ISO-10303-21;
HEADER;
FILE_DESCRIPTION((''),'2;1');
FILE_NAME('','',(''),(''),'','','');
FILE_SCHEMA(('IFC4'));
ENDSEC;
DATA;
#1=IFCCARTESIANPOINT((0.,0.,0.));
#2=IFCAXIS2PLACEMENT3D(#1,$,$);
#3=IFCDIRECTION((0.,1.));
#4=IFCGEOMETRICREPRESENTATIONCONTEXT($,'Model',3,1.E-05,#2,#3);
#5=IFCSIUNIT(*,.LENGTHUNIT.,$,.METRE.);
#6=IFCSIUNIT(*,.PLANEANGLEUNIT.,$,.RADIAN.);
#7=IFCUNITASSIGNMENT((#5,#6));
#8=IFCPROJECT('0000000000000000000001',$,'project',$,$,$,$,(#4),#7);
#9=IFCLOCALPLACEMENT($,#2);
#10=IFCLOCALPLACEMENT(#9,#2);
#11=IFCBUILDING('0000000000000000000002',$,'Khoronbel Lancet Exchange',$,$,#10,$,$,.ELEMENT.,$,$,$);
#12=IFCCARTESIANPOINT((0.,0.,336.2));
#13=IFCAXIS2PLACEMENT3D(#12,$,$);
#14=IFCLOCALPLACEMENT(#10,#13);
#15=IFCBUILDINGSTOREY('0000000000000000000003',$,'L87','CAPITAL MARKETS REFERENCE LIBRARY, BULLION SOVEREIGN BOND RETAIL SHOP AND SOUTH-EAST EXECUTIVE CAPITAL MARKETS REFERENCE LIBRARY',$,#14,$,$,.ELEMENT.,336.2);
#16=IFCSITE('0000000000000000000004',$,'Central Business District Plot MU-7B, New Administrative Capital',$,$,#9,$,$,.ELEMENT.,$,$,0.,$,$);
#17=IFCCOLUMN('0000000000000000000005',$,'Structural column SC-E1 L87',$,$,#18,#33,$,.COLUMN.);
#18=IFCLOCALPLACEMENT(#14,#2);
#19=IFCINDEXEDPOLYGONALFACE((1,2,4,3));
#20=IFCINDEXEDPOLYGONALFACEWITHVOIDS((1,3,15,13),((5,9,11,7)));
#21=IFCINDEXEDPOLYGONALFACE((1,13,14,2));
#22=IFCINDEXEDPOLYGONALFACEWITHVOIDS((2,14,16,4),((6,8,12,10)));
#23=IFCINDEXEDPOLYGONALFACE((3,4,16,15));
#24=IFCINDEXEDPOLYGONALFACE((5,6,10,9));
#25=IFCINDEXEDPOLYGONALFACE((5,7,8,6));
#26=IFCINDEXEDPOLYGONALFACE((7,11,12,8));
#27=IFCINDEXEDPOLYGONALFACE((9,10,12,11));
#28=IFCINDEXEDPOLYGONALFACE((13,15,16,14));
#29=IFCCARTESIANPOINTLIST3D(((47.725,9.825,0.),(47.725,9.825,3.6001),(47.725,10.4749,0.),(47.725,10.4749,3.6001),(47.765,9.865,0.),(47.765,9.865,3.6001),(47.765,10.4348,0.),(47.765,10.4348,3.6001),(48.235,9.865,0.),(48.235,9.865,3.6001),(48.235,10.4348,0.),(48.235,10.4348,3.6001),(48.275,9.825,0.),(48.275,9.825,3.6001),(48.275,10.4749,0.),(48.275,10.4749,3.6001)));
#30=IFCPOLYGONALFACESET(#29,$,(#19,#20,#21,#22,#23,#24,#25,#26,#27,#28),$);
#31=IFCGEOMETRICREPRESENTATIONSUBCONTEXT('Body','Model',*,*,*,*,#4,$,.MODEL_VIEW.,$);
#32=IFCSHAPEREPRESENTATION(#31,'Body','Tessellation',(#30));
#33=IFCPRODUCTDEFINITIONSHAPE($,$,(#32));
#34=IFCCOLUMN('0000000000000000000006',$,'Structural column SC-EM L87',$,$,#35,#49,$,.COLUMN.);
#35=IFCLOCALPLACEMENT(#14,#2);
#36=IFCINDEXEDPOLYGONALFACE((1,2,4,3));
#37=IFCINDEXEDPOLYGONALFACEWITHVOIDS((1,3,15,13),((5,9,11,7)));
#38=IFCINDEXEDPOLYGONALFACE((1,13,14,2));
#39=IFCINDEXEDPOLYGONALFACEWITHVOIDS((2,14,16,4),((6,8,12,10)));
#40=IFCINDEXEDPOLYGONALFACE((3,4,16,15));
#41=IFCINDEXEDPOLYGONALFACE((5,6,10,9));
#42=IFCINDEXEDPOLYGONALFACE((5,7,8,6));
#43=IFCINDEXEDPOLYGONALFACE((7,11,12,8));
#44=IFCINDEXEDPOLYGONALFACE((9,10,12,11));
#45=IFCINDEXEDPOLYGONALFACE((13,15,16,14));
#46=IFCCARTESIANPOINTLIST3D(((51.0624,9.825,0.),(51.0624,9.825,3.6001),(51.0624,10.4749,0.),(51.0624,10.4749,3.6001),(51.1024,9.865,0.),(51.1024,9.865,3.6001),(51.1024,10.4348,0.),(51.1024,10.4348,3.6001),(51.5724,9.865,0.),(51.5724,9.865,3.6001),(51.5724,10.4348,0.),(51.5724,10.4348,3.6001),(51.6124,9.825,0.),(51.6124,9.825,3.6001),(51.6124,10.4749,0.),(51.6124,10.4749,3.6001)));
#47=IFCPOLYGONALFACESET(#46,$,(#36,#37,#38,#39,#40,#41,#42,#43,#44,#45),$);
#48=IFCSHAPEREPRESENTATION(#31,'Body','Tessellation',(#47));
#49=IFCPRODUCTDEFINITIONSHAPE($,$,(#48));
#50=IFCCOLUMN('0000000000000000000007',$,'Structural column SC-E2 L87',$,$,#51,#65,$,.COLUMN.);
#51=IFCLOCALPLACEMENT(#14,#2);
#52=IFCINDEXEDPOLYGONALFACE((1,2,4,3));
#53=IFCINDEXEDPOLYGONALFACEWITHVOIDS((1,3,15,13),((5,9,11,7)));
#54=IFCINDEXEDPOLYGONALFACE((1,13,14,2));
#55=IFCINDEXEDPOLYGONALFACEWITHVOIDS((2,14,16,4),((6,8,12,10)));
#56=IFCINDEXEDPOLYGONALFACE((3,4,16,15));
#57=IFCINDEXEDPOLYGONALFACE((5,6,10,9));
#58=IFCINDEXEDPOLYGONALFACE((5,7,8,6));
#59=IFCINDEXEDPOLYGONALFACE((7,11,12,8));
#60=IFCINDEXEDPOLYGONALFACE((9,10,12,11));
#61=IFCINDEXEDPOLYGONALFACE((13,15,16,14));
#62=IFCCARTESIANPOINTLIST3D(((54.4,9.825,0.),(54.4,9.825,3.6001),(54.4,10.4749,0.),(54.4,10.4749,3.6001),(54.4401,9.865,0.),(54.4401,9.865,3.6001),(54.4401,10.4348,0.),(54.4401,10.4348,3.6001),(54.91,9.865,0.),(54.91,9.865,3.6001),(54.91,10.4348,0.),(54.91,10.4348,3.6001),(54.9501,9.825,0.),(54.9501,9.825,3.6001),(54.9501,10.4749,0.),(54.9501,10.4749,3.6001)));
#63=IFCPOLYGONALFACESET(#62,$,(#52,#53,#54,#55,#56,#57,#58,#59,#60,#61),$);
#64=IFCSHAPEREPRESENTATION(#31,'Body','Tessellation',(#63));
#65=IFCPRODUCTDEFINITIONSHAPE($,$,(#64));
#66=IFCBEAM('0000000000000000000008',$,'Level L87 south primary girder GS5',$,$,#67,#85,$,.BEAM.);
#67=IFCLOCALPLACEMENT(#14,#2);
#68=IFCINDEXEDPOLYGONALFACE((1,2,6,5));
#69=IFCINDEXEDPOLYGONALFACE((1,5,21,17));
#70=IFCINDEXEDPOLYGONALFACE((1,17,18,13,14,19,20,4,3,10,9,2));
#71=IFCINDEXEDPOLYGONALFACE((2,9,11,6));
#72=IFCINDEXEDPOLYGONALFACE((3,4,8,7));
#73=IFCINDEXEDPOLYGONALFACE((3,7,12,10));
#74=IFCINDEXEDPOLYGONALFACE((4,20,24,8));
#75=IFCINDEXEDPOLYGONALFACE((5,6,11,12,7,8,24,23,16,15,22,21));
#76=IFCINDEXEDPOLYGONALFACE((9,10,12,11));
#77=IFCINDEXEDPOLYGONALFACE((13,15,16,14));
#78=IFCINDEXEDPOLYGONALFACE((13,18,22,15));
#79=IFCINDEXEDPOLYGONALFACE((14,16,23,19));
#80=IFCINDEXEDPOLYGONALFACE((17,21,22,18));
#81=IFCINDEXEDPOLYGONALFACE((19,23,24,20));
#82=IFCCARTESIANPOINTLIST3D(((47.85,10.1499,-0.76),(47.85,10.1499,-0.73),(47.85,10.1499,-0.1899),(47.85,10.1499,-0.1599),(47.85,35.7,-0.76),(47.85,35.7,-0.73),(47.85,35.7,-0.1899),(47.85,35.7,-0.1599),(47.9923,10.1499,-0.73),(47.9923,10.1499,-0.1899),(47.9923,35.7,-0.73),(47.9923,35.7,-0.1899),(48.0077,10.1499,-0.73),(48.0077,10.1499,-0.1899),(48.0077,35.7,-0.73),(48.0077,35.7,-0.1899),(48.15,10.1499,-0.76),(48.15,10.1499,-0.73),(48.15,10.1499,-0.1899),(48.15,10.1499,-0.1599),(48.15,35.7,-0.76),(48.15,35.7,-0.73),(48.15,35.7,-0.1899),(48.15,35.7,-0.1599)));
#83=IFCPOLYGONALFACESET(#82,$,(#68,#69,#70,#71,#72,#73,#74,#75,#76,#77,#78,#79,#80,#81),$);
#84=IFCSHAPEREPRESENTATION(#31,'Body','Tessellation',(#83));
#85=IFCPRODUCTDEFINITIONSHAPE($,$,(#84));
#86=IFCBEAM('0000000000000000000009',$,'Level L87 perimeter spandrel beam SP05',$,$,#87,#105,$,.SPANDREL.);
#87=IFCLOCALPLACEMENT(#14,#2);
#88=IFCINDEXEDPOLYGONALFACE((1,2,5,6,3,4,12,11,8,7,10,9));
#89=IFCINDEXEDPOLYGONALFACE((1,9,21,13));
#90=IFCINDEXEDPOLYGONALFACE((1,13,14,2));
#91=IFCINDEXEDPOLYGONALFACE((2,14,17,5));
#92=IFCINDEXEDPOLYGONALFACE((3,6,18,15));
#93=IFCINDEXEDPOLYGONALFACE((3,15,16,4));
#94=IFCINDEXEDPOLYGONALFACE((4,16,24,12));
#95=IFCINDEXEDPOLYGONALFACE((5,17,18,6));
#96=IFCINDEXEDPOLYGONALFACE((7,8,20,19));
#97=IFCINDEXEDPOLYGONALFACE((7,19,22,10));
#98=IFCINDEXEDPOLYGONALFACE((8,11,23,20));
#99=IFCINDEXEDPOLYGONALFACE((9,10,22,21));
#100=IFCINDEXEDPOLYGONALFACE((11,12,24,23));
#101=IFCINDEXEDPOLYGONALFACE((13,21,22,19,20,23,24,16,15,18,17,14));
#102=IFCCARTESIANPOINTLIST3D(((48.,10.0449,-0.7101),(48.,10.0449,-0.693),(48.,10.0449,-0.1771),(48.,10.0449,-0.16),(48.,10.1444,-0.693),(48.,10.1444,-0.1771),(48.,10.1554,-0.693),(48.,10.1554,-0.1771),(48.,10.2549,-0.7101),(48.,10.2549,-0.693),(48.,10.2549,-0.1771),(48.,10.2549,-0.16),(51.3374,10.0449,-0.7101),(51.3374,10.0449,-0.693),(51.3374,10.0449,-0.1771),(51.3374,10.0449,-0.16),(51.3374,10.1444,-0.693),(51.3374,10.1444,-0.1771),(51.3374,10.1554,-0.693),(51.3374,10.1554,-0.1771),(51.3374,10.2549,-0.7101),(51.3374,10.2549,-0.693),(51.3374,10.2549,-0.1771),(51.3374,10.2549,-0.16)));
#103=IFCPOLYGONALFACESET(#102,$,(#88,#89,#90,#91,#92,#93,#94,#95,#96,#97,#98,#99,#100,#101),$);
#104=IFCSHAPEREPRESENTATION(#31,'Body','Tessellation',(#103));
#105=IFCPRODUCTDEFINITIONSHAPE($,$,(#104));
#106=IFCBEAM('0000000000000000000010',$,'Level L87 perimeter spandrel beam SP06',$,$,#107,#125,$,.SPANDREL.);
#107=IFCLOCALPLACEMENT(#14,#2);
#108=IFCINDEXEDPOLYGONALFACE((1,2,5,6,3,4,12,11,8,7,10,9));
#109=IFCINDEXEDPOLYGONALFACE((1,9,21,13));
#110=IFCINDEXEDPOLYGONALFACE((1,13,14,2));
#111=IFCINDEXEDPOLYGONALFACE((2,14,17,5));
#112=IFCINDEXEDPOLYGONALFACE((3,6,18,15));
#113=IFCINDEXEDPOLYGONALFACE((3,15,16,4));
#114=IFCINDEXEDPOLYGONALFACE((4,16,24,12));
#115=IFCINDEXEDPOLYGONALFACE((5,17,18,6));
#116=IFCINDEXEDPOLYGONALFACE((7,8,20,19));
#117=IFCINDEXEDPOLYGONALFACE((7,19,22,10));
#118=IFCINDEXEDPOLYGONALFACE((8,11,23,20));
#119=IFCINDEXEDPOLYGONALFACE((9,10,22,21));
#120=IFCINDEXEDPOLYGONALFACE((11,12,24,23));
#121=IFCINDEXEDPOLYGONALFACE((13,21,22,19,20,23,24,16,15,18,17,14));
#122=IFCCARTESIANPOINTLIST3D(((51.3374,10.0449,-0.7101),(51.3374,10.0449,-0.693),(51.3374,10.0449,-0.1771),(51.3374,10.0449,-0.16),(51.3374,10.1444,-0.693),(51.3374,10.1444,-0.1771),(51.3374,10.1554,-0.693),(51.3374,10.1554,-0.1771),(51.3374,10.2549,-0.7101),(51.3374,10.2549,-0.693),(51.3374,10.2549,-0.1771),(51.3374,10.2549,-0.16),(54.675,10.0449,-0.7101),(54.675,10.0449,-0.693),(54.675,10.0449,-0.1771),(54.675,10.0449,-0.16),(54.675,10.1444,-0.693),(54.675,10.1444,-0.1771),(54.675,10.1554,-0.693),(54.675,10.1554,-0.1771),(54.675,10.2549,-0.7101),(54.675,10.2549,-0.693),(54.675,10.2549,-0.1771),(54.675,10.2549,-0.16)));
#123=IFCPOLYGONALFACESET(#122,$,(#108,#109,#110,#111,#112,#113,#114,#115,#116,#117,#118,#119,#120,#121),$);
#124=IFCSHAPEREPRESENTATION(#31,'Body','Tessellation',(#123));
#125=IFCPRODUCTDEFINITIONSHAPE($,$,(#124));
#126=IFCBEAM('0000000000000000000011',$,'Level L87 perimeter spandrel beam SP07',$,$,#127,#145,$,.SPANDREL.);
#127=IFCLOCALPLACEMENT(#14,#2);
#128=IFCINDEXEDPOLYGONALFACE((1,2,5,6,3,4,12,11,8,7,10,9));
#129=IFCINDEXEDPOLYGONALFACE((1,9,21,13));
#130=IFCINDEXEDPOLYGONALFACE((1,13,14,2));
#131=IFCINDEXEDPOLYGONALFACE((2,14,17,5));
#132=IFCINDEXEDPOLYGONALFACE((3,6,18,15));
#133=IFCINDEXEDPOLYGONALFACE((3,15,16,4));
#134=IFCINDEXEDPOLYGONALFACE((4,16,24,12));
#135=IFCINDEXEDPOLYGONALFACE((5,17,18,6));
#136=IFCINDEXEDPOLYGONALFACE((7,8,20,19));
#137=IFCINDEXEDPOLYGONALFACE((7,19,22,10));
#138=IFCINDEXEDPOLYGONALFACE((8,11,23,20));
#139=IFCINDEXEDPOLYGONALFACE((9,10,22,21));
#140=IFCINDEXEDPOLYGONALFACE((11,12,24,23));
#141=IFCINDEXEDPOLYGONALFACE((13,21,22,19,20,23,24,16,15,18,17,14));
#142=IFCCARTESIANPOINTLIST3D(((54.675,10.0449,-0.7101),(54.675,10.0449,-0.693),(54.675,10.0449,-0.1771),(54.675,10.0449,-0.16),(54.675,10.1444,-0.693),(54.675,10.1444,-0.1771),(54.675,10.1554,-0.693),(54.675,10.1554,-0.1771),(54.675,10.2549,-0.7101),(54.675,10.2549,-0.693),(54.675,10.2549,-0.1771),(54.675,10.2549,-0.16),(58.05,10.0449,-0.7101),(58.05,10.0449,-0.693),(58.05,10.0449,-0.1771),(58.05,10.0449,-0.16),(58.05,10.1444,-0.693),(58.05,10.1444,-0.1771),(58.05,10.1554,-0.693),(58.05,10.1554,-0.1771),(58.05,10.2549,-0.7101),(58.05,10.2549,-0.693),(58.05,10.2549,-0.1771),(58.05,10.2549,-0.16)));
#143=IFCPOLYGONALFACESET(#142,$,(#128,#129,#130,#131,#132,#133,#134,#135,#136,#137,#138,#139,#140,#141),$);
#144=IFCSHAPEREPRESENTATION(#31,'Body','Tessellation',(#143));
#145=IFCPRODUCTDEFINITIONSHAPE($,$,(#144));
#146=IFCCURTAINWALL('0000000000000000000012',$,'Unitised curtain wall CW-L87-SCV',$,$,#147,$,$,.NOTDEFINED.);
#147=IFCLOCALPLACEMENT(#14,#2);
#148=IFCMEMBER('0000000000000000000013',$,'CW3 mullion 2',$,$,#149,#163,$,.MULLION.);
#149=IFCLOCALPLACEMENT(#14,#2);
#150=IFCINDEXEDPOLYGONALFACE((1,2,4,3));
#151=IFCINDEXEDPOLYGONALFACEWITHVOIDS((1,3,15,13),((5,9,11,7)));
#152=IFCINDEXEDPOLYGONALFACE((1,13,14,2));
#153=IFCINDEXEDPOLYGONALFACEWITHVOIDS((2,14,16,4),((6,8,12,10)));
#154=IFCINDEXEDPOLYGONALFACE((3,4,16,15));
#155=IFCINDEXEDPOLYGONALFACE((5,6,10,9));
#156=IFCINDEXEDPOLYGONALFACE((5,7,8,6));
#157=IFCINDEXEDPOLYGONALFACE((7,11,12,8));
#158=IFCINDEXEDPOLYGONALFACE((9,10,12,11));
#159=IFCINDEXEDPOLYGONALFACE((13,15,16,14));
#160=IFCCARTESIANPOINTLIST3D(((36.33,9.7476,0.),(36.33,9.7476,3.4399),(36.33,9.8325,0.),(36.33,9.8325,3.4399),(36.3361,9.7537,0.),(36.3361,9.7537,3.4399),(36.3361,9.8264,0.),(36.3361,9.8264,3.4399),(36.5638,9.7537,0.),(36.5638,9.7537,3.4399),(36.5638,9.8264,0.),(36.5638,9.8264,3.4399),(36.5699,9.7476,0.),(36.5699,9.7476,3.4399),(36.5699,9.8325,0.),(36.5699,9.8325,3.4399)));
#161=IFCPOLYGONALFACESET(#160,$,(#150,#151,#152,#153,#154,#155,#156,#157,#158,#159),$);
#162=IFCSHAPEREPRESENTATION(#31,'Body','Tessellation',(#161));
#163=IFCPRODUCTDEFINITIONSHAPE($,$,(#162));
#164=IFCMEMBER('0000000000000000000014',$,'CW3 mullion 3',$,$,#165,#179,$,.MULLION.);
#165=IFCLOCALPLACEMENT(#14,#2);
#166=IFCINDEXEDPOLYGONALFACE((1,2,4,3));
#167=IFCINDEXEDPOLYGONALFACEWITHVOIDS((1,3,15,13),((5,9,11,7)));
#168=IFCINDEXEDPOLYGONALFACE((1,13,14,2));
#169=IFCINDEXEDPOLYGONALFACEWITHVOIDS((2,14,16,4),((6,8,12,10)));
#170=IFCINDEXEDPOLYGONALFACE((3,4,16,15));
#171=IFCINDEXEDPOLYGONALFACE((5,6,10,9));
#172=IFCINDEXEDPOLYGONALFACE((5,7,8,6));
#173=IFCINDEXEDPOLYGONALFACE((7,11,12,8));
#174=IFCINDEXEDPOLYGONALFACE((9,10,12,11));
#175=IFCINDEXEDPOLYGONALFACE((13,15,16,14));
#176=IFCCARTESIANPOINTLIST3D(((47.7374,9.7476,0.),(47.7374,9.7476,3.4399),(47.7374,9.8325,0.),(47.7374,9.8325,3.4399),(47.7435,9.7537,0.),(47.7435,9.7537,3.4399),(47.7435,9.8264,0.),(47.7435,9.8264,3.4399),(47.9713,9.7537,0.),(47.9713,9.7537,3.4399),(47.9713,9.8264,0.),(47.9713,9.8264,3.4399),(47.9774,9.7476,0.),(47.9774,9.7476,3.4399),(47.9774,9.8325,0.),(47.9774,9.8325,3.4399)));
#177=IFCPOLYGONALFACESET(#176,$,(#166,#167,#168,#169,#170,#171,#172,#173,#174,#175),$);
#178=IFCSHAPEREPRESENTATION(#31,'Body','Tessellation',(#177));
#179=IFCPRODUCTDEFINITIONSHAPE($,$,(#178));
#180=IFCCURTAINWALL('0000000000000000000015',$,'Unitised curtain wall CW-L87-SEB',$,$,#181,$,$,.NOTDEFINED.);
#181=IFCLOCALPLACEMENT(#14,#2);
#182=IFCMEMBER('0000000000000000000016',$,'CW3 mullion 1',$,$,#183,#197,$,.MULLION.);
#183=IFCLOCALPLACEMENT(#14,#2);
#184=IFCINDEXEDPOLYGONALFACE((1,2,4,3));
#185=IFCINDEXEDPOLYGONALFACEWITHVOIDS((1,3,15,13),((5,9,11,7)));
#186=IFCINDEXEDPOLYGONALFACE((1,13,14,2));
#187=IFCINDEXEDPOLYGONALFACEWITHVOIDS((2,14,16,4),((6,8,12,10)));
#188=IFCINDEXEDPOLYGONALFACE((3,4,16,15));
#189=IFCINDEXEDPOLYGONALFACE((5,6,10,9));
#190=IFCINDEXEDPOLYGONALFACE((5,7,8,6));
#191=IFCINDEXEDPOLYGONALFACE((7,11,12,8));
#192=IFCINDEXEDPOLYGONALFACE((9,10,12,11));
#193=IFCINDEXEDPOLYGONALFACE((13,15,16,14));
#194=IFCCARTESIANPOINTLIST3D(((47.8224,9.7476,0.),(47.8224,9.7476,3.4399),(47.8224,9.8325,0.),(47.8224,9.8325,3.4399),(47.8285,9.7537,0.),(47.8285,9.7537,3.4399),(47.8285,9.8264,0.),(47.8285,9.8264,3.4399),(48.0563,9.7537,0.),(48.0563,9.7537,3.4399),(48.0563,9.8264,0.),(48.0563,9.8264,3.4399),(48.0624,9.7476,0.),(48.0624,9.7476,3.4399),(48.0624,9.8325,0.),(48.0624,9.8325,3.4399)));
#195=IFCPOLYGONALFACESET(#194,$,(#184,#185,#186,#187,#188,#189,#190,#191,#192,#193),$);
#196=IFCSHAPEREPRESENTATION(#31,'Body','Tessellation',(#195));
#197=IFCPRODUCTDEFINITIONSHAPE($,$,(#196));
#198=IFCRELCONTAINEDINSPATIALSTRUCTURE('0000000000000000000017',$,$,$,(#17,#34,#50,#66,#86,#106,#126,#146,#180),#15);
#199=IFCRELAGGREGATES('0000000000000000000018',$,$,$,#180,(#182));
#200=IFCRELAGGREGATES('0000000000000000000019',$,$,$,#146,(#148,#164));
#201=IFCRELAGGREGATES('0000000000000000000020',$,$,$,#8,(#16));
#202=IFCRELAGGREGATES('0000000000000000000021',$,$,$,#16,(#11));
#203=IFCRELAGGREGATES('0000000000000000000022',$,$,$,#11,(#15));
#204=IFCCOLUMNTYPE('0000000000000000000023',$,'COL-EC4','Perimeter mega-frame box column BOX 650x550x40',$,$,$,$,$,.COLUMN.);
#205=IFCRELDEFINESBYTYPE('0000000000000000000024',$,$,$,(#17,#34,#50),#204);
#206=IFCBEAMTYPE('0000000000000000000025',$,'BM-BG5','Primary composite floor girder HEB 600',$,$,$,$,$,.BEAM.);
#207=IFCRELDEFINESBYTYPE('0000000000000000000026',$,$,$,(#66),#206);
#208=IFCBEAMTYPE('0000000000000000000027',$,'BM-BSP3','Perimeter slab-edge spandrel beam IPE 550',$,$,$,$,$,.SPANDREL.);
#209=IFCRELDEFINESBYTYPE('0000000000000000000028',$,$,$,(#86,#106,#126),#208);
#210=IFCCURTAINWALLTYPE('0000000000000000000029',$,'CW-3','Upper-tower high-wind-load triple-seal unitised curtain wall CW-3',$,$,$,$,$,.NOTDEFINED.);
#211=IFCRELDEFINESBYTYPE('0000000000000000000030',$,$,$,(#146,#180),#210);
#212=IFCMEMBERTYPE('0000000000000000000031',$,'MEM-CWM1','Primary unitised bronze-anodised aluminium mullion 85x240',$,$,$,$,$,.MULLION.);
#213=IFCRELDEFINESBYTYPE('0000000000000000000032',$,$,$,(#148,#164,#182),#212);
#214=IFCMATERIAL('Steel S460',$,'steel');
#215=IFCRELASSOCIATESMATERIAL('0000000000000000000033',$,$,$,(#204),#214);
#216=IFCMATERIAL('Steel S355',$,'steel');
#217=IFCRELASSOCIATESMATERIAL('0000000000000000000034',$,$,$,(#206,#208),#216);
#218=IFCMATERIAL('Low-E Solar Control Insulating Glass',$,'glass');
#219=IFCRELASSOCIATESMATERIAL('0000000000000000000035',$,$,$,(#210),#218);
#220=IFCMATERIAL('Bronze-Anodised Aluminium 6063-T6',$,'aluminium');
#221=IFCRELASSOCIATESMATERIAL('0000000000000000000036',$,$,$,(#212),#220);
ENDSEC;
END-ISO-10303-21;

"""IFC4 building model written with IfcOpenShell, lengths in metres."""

from ifc_helpers import new_model, si_unit, direction, frame, origin, origin_2d, place, context, subcontext, project, spatial, hollow_rectangle, i_section, extrude, material, material_profile, profile_set, type_object, element, aggregate, save


model = new_model("IFC4")

# Units and contexts
model_context = context("Model", 3, precision=1e-05, world=origin(), true_north=direction((0.0, 1.0)))
body_context = subcontext(model_context, "Body", "Model", "MODEL_VIEW")
ifc_project = project(units=[si_unit("LENGTHUNIT", "METRE"), si_unit("PLANEANGLEUNIT", "RADIAN")], contexts=[model_context])

# Site, building, storey
site_placement = place(None, origin())
site = spatial("IfcSite", under=ifc_project, at=site_placement, Name="Central Business District Plot MU-7B, New Administrative Capital", CompositionType="ELEMENT", RefElevation=0.0)
building_placement = place(site_placement, origin())
building = spatial("IfcBuilding", under=site, at=building_placement, Name="Khoronbel Lancet Exchange", CompositionType="ELEMENT")
storey_placement = place(building_placement, frame((0.0, 0.0, 336.2)))
storey = spatial("IfcBuildingStorey", under=building, at=storey_placement, Name="L87", Description="CAPITAL MARKETS REFERENCE LIBRARY, BULLION SOVEREIGN BOND RETAIL SHOP AND SOUTH-EAST EXECUTIVE CAPITAL MARKETS REFERENCE LIBRARY", CompositionType="ELEMENT", Elevation=336.2)

# Columns
ifc_material_1 = material(Name="Steel S460", Category="steel")
ifc_material_profile_1 = material_profile(ifc_material_1, hollow_rectangle(XDim=0.55, YDim=0.6499, WallThickness=0.04, at=origin_2d()), Name="BOX 650x550x40")
ifc_profile_set_1 = profile_set([ifc_material_profile_1], Name="Steel S460")
column_type = type_object("IfcColumnType", Name="COL-EC4", Description="Perimeter mega-frame box column BOX 650x550x40", PredefinedType="COLUMN", material=ifc_profile_set_1)
for number, where, z_axis, x_axis, name in (
    (1, (48.0, 10.1499, 0.0), (0.0, 0.0, 1.0), (1.0, 0.0, 0.0), "Structural column SC-E1 L87"),
    (2, (51.3374, 10.1499, 0.0), (0.0, 0.0, 1.0), (1.0, 0.0, 0.0), "Structural column SC-EM L87"),
    (3, (54.675, 10.1499, 0.0), (0.0, 0.0, 1.0), (1.0, 0.0, 0.0), "Structural column SC-E2 L87"),
):
    element("IfcColumn", number, at=place(storey_placement, frame(where, z_axis=z_axis, x_axis=x_axis)), inside=storey, type_object=column_type, Name=name, PredefinedType="COLUMN", context=body_context, shape_type="SweptSolid", body=[
        extrude(hollow_rectangle(XDim=0.55, YDim=0.6499, WallThickness=0.04, at=origin_2d()), origin(), (0.0, 0.0, 1.0), 3.6001),
    ])

# Beams
ifc_material_2 = material(Name="Steel S355", Category="steel")
ifc_material_profile_2 = material_profile(ifc_material_2, i_section(OverallWidth=0.3, OverallDepth=0.6001, WebThickness=0.0154, FlangeThickness=0.03, at=origin_2d()), Name="HEB 600")
ifc_profile_set_2 = profile_set([ifc_material_profile_2], Name="Steel S355")
beam_type_1 = type_object("IfcBeamType", Name="BM-BG5", Description="Primary composite floor girder HEB 600", PredefinedType="BEAM", material=ifc_profile_set_2)
beam_1_placement = place(storey_placement, frame((48.0, 10.1499, -0.46), z_axis=(0.0, 1.0, 0.0), x_axis=(-1.0, 0.0, 0.0)))
element("IfcBeam", 4, at=beam_1_placement, inside=storey, type_object=beam_type_1, Name="Level L87 south primary girder GS5", PredefinedType="BEAM", context=body_context, shape_type="SweptSolid", body=[
    extrude(i_section(OverallWidth=0.3, OverallDepth=0.6001, WebThickness=0.0154, FlangeThickness=0.03, at=origin_2d()), origin(), (0.0, 0.0, 1.0), 25.55),
])
ifc_material_profile_3 = material_profile(ifc_material_2, i_section(OverallWidth=0.21, OverallDepth=0.55, WebThickness=0.011, FlangeThickness=0.0171, at=origin_2d()), Name="IPE 550")
ifc_profile_set_3 = profile_set([ifc_material_profile_3], Name="Steel S355")
beam_type_2 = type_object("IfcBeamType", Name="BM-BSP3", Description="Perimeter slab-edge spandrel beam IPE 550", PredefinedType="SPANDREL", material=ifc_profile_set_3)
beam_2_placement = place(storey_placement, frame((48.0, 10.1499, -0.4351), z_axis=(1.0, 0.0, 0.0), x_axis=(0.0, 1.0, 0.0)))
element("IfcBeam", 5, at=beam_2_placement, inside=storey, type_object=beam_type_2, Name="Level L87 perimeter spandrel beam SP05", PredefinedType="SPANDREL", context=body_context, shape_type="SweptSolid", body=[
    extrude(i_section(OverallWidth=0.21, OverallDepth=0.55, WebThickness=0.011, FlangeThickness=0.0171, at=origin_2d()), origin(), (0.0, 0.0, 1.0), 3.3374),
])
beam_3_placement = place(storey_placement, frame((51.3374, 10.1499, -0.4351), z_axis=(1.0, 0.0, 0.0), x_axis=(0.0, 1.0, 0.0)))
element("IfcBeam", 6, at=beam_3_placement, inside=storey, type_object=beam_type_2, Name="Level L87 perimeter spandrel beam SP06", PredefinedType="SPANDREL", context=body_context, shape_type="SweptSolid", body=[
    extrude(i_section(OverallWidth=0.21, OverallDepth=0.55, WebThickness=0.011, FlangeThickness=0.0171, at=origin_2d()), origin(), (0.0, 0.0, 1.0), 3.3376),
])
beam_4_placement = place(storey_placement, frame((54.675, 10.1499, -0.4351), z_axis=(1.0, 0.0, 0.0), x_axis=(0.0, 1.0, 0.0)))
element("IfcBeam", 7, at=beam_4_placement, inside=storey, type_object=beam_type_2, Name="Level L87 perimeter spandrel beam SP07", PredefinedType="SPANDREL", context=body_context, shape_type="SweptSolid", body=[
    extrude(i_section(OverallWidth=0.21, OverallDepth=0.55, WebThickness=0.011, FlangeThickness=0.0171, at=origin_2d()), origin(), (0.0, 0.0, 1.0), 3.375),
])

# Curtain wall, members
ifc_material_3 = material(Name="Low-E Solar Control Insulating Glass", Category="glass")
curtain_wall_type = type_object("IfcCurtainWallType", Name="CW-3", Description="Upper-tower high-wind-load triple-seal unitised curtain wall CW-3", PredefinedType="NOTDEFINED", material=ifc_material_3)
curtain_wall_1_placement = place(storey_placement, origin())
curtain_wall_1 = element("IfcCurtainWall", 8, at=curtain_wall_1_placement, inside=storey, type_object=curtain_wall_type, Name="Unitised curtain wall CW-L87-SCV", PredefinedType="NOTDEFINED")
ifc_material_4 = material(Name="Bronze-Anodised Aluminium 6063-T6", Category="aluminium")
ifc_material_profile_4 = material_profile(ifc_material_4, hollow_rectangle(XDim=0.085, YDim=0.24, WallThickness=0.0061, at=origin_2d()), Name="ALU MULLION 85x240")
ifc_profile_set_4 = profile_set([ifc_material_profile_4], Name="Bronze-Anodised Aluminium 6063-T6")
member_type_1 = type_object("IfcMemberType", Name="MEM-CWM1", Description="Primary unitised bronze-anodised aluminium mullion 85x240", PredefinedType="MULLION", material=ifc_profile_set_4)
member_1_placement = place(storey_placement, frame((36.45, 9.79, 0.0), z_axis=(0.0, 0.0, 1.0), x_axis=(0.0, 1.0, 0.0)))
member_1 = element("IfcMember", 9, at=member_1_placement, type_object=member_type_1, Name="CW3 mullion 2", PredefinedType="MULLION", context=body_context, shape_type="SweptSolid", body=[
    extrude(hollow_rectangle(XDim=0.085, YDim=0.24, WallThickness=0.0061, at=origin_2d()), origin(), (0.0, 0.0, 1.0), 3.4399),
])
member_2_placement = place(storey_placement, frame((47.8574, 9.79, 0.0), z_axis=(0.0, 0.0, 1.0), x_axis=(0.0, 1.0, 0.0)))
member_2 = element("IfcMember", 10, at=member_2_placement, type_object=member_type_1, Name="CW3 mullion 3", PredefinedType="MULLION", context=body_context, shape_type="SweptSolid", body=[
    extrude(hollow_rectangle(XDim=0.085, YDim=0.24, WallThickness=0.0061, at=origin_2d()), origin(), (0.0, 0.0, 1.0), 3.4399),
])

# Curtain wall, member
curtain_wall_2_placement = place(storey_placement, origin())
curtain_wall_2 = element("IfcCurtainWall", 11, at=curtain_wall_2_placement, inside=storey, type_object=curtain_wall_type, Name="Unitised curtain wall CW-L87-SEB", PredefinedType="NOTDEFINED")
member_3_placement = place(storey_placement, frame((47.9424, 9.79, 0.0), z_axis=(0.0, 0.0, 1.0), x_axis=(0.0, 1.0, 0.0)))
member_3 = element("IfcMember", 12, at=member_3_placement, type_object=member_type_1, Name="CW3 mullion 1", PredefinedType="MULLION", context=body_context, shape_type="SweptSolid", body=[
    extrude(hollow_rectangle(XDim=0.085, YDim=0.24, WallThickness=0.0061, at=origin_2d()), origin(), (0.0, 0.0, 1.0), 3.4399),
])

aggregate(curtain_wall_2, [member_3])
aggregate(curtain_wall_1, [member_1, member_2])

save(model, "model.ifc")
